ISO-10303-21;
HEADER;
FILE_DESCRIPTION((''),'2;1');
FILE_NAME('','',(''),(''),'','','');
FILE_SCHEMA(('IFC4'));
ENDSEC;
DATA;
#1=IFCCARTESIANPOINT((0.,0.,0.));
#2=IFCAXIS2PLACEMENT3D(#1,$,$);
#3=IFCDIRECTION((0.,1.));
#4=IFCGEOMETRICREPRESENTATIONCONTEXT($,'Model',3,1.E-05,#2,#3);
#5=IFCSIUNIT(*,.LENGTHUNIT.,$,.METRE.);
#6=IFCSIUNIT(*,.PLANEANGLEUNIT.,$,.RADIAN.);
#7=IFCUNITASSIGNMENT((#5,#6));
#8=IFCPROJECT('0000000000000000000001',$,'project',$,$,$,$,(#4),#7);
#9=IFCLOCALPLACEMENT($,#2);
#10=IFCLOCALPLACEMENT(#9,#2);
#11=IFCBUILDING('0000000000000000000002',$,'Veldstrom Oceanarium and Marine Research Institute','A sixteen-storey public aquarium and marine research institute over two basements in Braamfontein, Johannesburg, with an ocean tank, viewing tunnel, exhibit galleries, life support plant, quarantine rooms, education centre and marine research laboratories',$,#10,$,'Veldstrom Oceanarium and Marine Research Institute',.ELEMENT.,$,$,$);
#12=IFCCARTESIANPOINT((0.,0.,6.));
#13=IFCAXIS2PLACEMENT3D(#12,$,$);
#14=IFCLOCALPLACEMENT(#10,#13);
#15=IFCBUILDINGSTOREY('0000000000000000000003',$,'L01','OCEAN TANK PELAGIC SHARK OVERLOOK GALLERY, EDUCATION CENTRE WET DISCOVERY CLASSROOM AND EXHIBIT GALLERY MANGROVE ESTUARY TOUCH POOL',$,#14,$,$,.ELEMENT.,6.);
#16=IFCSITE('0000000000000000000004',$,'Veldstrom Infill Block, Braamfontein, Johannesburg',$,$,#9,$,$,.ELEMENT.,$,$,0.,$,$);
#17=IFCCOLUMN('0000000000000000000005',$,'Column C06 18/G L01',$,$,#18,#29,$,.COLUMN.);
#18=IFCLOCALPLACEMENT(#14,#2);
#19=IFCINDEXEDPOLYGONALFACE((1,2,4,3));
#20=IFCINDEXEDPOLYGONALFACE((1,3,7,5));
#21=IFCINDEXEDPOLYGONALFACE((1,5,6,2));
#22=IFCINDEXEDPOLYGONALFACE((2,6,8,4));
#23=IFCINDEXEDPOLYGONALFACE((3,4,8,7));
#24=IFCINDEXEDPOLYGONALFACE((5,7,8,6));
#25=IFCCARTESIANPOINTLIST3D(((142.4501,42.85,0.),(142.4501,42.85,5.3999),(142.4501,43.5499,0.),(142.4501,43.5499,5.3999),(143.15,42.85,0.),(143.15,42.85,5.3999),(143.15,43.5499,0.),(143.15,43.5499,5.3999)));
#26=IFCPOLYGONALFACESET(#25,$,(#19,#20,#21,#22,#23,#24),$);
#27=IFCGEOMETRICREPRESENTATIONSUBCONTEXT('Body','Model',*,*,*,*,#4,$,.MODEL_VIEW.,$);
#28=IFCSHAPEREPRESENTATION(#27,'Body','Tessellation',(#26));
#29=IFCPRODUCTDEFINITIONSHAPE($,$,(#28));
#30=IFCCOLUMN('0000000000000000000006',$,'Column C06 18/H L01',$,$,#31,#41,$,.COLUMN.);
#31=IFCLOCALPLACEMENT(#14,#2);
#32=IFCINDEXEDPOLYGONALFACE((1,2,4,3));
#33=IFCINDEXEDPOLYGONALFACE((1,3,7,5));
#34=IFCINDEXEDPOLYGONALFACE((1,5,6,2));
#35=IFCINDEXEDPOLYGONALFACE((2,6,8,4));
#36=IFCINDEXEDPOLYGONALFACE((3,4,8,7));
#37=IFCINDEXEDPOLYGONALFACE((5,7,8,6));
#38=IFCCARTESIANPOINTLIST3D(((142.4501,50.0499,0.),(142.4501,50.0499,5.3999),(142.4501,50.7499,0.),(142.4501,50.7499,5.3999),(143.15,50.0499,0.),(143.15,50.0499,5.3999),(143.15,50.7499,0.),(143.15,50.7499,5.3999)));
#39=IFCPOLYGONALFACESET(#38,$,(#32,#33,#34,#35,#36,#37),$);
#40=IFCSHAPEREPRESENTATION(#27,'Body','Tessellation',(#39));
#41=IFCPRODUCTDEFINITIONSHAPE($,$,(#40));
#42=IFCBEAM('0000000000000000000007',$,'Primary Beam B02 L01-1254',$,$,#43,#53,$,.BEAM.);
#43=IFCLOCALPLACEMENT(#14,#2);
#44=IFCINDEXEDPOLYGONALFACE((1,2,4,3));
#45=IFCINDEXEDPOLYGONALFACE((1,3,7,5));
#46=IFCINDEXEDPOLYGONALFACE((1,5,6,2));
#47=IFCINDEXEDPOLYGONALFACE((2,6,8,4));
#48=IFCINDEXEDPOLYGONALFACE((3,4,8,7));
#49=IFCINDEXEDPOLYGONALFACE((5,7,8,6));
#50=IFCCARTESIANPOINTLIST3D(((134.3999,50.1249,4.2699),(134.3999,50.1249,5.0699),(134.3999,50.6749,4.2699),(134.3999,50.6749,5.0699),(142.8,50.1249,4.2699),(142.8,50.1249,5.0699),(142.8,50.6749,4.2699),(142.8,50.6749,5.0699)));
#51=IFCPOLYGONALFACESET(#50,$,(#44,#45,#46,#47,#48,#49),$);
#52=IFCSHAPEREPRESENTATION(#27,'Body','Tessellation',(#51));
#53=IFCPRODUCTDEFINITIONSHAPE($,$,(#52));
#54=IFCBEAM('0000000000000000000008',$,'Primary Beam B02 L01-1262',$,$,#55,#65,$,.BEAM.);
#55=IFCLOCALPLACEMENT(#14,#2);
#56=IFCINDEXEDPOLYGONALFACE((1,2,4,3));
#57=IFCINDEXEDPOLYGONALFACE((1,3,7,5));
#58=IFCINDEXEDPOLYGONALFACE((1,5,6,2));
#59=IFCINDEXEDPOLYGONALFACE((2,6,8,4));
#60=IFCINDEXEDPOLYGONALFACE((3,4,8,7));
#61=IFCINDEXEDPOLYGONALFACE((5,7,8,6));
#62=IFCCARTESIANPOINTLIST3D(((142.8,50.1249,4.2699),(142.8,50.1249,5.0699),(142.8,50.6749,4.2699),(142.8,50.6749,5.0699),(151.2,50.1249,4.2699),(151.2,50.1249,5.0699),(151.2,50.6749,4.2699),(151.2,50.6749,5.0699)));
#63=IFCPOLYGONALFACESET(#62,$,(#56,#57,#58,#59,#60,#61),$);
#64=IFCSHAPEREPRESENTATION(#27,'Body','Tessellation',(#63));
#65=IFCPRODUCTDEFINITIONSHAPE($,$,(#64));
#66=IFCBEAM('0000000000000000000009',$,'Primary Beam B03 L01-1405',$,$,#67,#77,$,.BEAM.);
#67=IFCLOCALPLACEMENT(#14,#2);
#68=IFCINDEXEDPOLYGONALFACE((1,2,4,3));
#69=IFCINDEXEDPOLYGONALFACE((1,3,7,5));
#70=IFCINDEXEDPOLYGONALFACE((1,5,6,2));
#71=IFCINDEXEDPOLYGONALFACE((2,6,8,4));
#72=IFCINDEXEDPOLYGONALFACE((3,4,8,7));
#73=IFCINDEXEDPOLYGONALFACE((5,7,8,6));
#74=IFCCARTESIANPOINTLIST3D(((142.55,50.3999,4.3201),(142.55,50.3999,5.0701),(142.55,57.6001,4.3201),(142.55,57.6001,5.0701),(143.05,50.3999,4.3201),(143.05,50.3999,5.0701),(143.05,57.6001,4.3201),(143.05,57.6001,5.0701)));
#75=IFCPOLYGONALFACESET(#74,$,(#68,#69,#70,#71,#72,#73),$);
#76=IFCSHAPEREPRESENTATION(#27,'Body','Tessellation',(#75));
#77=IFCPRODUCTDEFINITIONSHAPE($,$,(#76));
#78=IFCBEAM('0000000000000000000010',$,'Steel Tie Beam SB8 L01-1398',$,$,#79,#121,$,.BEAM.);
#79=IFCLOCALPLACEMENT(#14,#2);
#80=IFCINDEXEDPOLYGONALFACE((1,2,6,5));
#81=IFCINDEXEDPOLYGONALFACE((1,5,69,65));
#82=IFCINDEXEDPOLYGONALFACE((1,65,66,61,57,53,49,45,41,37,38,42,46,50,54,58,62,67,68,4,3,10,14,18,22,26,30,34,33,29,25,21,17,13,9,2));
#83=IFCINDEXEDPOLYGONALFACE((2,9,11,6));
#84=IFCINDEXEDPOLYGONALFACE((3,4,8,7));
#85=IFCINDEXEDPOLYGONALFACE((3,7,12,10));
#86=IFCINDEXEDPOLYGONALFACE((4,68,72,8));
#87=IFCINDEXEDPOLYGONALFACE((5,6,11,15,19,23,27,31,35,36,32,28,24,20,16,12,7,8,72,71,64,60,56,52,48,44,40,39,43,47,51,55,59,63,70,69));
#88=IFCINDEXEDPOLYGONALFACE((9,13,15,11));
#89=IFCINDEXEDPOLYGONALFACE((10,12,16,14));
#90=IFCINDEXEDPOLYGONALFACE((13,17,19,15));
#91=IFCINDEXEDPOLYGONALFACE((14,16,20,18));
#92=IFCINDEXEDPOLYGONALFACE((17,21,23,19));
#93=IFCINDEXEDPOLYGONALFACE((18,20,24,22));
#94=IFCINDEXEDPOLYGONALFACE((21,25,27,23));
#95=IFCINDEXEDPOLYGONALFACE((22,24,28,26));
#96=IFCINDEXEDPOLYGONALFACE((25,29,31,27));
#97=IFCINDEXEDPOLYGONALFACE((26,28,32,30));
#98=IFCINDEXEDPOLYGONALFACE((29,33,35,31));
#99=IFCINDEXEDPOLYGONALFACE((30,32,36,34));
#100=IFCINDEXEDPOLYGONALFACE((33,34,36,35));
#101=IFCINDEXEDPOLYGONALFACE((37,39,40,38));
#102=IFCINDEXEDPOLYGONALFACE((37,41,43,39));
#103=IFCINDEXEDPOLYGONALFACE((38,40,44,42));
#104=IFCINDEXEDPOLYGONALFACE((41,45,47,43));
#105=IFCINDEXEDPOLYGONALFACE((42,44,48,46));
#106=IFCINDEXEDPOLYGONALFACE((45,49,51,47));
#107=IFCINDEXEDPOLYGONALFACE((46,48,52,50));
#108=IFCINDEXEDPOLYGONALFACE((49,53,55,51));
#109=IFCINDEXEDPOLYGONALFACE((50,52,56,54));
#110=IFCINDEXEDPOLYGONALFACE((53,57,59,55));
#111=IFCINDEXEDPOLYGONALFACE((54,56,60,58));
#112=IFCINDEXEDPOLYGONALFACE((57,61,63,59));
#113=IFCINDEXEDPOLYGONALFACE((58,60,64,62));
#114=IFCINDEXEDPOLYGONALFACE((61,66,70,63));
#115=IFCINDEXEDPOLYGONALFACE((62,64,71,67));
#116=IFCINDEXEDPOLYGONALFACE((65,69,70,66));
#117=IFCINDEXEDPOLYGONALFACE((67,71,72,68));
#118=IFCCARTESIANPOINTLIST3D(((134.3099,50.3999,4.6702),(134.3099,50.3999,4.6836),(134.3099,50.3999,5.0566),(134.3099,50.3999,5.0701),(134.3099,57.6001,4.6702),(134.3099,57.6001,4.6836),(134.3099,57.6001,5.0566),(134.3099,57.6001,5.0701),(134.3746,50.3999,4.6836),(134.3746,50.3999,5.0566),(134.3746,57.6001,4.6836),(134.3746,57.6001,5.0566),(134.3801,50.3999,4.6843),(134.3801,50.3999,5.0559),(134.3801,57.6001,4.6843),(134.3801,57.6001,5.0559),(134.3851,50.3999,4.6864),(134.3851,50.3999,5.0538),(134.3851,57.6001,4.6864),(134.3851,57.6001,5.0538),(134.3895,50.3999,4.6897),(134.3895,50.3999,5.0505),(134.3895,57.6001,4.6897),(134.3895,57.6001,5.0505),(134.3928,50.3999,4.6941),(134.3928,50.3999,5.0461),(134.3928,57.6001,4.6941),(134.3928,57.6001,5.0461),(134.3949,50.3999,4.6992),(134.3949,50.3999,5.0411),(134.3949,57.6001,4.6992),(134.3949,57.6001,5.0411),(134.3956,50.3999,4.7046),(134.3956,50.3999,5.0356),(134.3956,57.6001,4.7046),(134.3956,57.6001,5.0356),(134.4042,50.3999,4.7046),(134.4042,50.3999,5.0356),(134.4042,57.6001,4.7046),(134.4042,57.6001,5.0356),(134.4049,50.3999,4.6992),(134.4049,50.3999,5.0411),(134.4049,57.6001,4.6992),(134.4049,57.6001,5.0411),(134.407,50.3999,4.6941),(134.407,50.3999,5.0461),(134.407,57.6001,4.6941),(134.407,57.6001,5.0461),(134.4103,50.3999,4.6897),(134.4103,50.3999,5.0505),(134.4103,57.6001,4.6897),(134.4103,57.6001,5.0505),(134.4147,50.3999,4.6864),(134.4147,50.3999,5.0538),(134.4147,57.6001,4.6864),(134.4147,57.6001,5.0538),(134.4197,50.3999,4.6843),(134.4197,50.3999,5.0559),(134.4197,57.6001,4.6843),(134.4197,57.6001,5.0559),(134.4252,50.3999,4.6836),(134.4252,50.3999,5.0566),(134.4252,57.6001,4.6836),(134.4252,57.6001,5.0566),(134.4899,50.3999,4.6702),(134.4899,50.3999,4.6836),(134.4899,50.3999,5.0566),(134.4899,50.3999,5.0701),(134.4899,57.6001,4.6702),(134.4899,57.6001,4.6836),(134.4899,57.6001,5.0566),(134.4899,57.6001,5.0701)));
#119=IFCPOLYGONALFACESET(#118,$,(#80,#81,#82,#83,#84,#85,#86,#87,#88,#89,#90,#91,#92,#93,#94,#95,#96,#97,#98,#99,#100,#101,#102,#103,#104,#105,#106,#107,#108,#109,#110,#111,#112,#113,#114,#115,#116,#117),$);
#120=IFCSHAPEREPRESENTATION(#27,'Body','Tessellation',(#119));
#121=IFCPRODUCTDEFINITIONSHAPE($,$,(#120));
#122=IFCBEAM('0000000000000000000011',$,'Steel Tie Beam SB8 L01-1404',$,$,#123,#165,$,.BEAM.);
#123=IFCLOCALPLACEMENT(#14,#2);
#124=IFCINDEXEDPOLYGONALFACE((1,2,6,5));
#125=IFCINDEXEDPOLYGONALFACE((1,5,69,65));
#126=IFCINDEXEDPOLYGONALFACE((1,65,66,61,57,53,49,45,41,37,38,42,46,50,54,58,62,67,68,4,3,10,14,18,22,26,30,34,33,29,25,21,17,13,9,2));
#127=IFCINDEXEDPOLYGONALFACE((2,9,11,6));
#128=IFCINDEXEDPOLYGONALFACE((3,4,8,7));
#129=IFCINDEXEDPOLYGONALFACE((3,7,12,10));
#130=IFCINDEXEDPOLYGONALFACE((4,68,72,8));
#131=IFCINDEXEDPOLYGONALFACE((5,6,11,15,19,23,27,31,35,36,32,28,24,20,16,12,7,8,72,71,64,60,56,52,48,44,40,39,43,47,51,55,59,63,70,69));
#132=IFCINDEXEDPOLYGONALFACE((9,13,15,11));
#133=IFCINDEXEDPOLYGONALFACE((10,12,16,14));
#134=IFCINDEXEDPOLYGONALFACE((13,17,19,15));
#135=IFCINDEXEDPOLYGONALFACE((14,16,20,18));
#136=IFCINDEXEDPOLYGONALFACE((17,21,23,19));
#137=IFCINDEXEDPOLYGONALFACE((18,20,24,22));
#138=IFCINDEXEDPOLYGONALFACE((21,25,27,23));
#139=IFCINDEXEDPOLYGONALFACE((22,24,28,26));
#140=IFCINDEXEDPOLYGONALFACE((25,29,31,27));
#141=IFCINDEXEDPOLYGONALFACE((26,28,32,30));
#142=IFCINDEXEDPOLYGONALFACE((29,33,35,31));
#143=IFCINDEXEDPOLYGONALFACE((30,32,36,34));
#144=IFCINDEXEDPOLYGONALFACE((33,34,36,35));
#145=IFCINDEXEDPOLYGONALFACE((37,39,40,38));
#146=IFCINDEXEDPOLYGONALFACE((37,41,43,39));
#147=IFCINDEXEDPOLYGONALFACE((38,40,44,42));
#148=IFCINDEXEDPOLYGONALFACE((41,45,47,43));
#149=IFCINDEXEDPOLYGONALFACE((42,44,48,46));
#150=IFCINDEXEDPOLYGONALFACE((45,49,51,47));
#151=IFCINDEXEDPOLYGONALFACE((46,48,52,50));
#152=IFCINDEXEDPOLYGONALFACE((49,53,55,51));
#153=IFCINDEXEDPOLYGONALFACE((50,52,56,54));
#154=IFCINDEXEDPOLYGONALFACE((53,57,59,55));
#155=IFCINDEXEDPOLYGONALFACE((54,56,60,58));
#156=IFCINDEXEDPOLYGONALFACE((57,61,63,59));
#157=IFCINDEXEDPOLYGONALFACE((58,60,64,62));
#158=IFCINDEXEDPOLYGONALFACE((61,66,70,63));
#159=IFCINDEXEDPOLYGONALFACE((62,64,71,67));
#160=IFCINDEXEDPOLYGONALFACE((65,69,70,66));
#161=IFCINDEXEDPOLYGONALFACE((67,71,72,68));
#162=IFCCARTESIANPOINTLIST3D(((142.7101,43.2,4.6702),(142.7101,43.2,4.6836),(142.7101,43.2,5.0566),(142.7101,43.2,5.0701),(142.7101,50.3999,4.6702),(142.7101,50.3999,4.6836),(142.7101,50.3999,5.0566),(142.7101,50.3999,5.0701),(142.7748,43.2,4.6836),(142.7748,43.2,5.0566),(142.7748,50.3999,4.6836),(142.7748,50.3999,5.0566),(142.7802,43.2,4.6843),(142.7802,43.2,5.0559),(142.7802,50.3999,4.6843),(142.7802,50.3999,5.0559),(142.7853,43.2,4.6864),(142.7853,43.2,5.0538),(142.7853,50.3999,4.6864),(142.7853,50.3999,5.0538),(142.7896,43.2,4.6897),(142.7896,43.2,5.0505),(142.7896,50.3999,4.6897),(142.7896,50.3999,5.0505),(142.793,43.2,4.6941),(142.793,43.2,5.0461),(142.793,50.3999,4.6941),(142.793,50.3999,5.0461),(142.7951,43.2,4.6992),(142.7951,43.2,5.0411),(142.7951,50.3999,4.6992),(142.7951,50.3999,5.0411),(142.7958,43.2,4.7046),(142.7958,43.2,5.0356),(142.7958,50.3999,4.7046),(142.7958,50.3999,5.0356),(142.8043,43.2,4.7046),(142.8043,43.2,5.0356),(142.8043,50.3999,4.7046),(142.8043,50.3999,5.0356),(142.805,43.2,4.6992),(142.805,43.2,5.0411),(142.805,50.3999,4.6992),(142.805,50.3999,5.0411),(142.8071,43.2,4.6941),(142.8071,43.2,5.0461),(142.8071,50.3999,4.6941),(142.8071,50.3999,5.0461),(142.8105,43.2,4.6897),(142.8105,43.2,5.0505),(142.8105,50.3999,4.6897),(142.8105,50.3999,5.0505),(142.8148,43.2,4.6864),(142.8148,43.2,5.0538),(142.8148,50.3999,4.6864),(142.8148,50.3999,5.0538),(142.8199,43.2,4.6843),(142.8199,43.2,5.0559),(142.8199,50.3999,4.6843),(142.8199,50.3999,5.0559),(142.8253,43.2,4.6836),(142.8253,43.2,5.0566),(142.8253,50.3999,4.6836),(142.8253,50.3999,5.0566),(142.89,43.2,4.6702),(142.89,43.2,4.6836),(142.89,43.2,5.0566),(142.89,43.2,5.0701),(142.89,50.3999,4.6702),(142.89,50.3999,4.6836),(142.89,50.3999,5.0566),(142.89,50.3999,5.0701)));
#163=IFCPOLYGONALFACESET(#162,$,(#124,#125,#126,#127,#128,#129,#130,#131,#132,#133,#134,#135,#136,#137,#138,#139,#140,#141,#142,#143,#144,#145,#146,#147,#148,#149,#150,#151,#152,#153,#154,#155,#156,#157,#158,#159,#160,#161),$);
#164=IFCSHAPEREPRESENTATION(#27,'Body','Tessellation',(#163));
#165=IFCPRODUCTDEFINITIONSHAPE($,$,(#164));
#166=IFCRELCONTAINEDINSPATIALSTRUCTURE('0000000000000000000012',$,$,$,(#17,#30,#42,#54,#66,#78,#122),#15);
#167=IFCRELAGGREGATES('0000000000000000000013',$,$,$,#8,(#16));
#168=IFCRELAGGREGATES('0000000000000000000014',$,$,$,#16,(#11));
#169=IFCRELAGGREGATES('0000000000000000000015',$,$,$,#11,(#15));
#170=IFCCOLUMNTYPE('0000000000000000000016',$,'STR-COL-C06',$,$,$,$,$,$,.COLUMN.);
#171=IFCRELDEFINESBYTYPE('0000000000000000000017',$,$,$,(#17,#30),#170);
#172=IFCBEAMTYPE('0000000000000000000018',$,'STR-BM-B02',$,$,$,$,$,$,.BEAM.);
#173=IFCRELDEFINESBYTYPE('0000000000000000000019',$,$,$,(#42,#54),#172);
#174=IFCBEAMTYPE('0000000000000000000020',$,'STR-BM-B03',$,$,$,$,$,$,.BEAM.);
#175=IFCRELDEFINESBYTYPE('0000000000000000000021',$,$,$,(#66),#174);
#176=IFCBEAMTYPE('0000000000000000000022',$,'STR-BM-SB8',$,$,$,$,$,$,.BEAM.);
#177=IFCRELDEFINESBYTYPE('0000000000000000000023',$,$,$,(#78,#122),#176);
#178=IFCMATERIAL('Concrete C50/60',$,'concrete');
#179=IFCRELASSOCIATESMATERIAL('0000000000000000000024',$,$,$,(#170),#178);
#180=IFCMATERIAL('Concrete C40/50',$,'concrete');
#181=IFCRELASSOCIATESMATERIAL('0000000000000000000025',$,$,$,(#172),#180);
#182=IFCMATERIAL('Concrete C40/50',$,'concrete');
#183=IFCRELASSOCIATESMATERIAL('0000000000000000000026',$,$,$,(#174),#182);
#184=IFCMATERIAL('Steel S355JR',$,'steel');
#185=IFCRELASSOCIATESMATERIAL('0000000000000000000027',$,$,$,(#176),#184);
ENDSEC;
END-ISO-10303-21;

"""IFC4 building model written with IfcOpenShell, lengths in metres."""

from ifc_helpers import new_model, si_unit, direction, frame, origin, origin_2d, place, context, subcontext, project, spatial, rectangle, i_section, extrude, material, material_profile, profile_set, type_object, element, save


model = new_model("IFC4")

# Units and contexts
model_context = context("Model", 3, precision=1e-05, world=origin(), true_north=direction((0.0, 1.0)))
body_context = subcontext(model_context, "Body", "Model", "MODEL_VIEW")
ifc_project = project(units=[si_unit("LENGTHUNIT", "METRE"), si_unit("PLANEANGLEUNIT", "RADIAN")], contexts=[model_context])

# Site, building, storey
site_placement = place(None, origin())
site = spatial("IfcSite", under=ifc_project, at=site_placement, Name="Veldstrom Infill Block, Braamfontein, Johannesburg", CompositionType="ELEMENT", RefElevation=0.0)
building_placement = place(site_placement, origin())
building = spatial("IfcBuilding", under=site, at=building_placement, Name="Veldstrom Oceanarium and Marine Research Institute", Description="A sixteen-storey public aquarium and marine research institute over two basements in Braamfontein, Johannesburg, with an ocean tank, viewing tunnel, exhibit galleries, life support plant, quarantine rooms, education centre and marine research laboratories", LongName="Veldstrom Oceanarium and Marine Research Institute", CompositionType="ELEMENT")
storey_placement = place(building_placement, frame((0.0, 0.0, 6.0)))
storey = spatial("IfcBuildingStorey", under=building, at=storey_placement, Name="L01", Description="OCEAN TANK PELAGIC SHARK OVERLOOK GALLERY, EDUCATION CENTRE WET DISCOVERY CLASSROOM AND EXHIBIT GALLERY MANGROVE ESTUARY TOUCH POOL", CompositionType="ELEMENT", Elevation=6.0)

# Columns
ifc_material_1 = material(Name="Concrete C50/60", Category="concrete")
ifc_material_profile_1 = material_profile(ifc_material_1, rectangle(XDim=0.7, YDim=0.7, at=origin_2d()), Name="RC-COL-700x700")
ifc_profile_set_1 = profile_set([ifc_material_profile_1], Name="Concrete C50/60")
column_type = type_object("IfcColumnType", Name="STR-COL-C06", PredefinedType="COLUMN", material=ifc_profile_set_1)
for number, where, z_axis, x_axis, name in (
    (1, (142.8, 43.2, 0.0), (0.0, 0.0, 1.0), (1.0, 0.0, 0.0), "Column C06 18/G L01"),
    (2, (142.8, 50.3999, 0.0), (0.0, 0.0, 1.0), (1.0, 0.0, 0.0), "Column C06 18/H L01"),
):
    element("IfcColumn", number, at=place(storey_placement, frame(where, z_axis=z_axis, x_axis=x_axis)), inside=storey, type_object=column_type, Name=name, PredefinedType="COLUMN", context=body_context, shape_type="SweptSolid", body=[
        extrude(rectangle(XDim=0.7, YDim=0.7, at=origin_2d()), origin(), (0.0, 0.0, 1.0), 5.3999),
    ])

# Beams
ifc_material_2 = material(Name="Concrete C40/50", Category="concrete")
ifc_material_profile_2 = material_profile(ifc_material_2, rectangle(XDim=0.55, YDim=0.8, at=origin_2d()), Name="RC-BM-550x800")
ifc_profile_set_2 = profile_set([ifc_material_profile_2], Name="Concrete C40/50")
beam_type_1 = type_object("IfcBeamType", Name="STR-BM-B02", PredefinedType="BEAM", material=ifc_profile_set_2)
beam_1_placement = place(storey_placement, frame((134.3999, 50.3999, 4.6699), z_axis=(1.0, 0.0, 0.0), x_axis=(0.0, 1.0, 0.0)))
element("IfcBeam", 3, at=beam_1_placement, inside=storey, type_object=beam_type_1, Name="Primary Beam B02 L01-1254", PredefinedType="BEAM", context=body_context, shape_type="SweptSolid", body=[
    extrude(rectangle(XDim=0.55, YDim=0.8, at=origin_2d()), origin(), (0.0, 0.0, 1.0), 8.4001),
])
beam_2_placement = place(storey_placement, frame((142.8, 50.3999, 4.6699), z_axis=(1.0, 0.0, 0.0), x_axis=(0.0, 1.0, 0.0)))
element("IfcBeam", 4, at=beam_2_placement, inside=storey, type_object=beam_type_1, Name="Primary Beam B02 L01-1262", PredefinedType="BEAM", context=body_context, shape_type="SweptSolid", body=[
    extrude(rectangle(XDim=0.55, YDim=0.8, at=origin_2d()), origin(), (0.0, 0.0, 1.0), 8.3999),
])
ifc_material_3 = material(Name="Concrete C40/50", Category="concrete")
ifc_material_profile_3 = material_profile(ifc_material_3, rectangle(XDim=0.5, YDim=0.75, at=origin_2d()), Name="RC-BM-500x750")
ifc_profile_set_3 = profile_set([ifc_material_profile_3], Name="Concrete C40/50")
beam_type_2 = type_object("IfcBeamType", Name="STR-BM-B03", PredefinedType="BEAM", material=ifc_profile_set_3)
beam_3_placement = place(storey_placement, frame((142.8, 50.3999, 4.6951), z_axis=(0.0, 1.0, 0.0), x_axis=(-1.0, 0.0, 0.0)))
element("IfcBeam", 5, at=beam_3_placement, inside=storey, type_object=beam_type_2, Name="Primary Beam B03 L01-1405", PredefinedType="BEAM", context=body_context, shape_type="SweptSolid", body=[
    extrude(rectangle(XDim=0.5, YDim=0.75, at=origin_2d()), origin(), (0.0, 0.0, 1.0), 7.2002),
])
ifc_material_4 = material(Name="Steel S355JR", Category="steel")
ifc_material_profile_4 = material_profile(ifc_material_4, i_section(OverallWidth=0.1799, OverallDepth=0.3999, WebThickness=0.0085, FlangeThickness=0.0134, FilletRadius=0.021, at=origin_2d()), Name="IPE 400")
ifc_profile_set_4 = profile_set([ifc_material_profile_4], Name="Steel S355JR")
beam_type_3 = type_object("IfcBeamType", Name="STR-BM-SB8", PredefinedType="BEAM", material=ifc_profile_set_4)
beam_4_placement = place(storey_placement, frame((134.3999, 50.3999, 4.8701), z_axis=(0.0, 1.0, 0.0), x_axis=(-1.0, 0.0, 0.0)))
element("IfcBeam", 6, at=beam_4_placement, inside=storey, type_object=beam_type_3, Name="Steel Tie Beam SB8 L01-1398", PredefinedType="BEAM", context=body_context, shape_type="SweptSolid", body=[
    extrude(i_section(OverallWidth=0.1799, OverallDepth=0.3999, WebThickness=0.0085, FlangeThickness=0.0134, FilletRadius=0.021, at=origin_2d()), origin(), (0.0, 0.0, 1.0), 7.2002),
])
beam_5_placement = place(storey_placement, frame((142.8, 43.2, 4.8701), z_axis=(0.0, 1.0, 0.0), x_axis=(-1.0, 0.0, 0.0)))
element("IfcBeam", 7, at=beam_5_placement, inside=storey, type_object=beam_type_3, Name="Steel Tie Beam SB8 L01-1404", PredefinedType="BEAM", context=body_context, shape_type="SweptSolid", body=[
    extrude(i_section(OverallWidth=0.1799, OverallDepth=0.3999, WebThickness=0.0085, FlangeThickness=0.0134, FilletRadius=0.021, at=origin_2d()), origin(), (0.0, 0.0, 1.0), 7.2),
])

save(model, "model.ifc")
